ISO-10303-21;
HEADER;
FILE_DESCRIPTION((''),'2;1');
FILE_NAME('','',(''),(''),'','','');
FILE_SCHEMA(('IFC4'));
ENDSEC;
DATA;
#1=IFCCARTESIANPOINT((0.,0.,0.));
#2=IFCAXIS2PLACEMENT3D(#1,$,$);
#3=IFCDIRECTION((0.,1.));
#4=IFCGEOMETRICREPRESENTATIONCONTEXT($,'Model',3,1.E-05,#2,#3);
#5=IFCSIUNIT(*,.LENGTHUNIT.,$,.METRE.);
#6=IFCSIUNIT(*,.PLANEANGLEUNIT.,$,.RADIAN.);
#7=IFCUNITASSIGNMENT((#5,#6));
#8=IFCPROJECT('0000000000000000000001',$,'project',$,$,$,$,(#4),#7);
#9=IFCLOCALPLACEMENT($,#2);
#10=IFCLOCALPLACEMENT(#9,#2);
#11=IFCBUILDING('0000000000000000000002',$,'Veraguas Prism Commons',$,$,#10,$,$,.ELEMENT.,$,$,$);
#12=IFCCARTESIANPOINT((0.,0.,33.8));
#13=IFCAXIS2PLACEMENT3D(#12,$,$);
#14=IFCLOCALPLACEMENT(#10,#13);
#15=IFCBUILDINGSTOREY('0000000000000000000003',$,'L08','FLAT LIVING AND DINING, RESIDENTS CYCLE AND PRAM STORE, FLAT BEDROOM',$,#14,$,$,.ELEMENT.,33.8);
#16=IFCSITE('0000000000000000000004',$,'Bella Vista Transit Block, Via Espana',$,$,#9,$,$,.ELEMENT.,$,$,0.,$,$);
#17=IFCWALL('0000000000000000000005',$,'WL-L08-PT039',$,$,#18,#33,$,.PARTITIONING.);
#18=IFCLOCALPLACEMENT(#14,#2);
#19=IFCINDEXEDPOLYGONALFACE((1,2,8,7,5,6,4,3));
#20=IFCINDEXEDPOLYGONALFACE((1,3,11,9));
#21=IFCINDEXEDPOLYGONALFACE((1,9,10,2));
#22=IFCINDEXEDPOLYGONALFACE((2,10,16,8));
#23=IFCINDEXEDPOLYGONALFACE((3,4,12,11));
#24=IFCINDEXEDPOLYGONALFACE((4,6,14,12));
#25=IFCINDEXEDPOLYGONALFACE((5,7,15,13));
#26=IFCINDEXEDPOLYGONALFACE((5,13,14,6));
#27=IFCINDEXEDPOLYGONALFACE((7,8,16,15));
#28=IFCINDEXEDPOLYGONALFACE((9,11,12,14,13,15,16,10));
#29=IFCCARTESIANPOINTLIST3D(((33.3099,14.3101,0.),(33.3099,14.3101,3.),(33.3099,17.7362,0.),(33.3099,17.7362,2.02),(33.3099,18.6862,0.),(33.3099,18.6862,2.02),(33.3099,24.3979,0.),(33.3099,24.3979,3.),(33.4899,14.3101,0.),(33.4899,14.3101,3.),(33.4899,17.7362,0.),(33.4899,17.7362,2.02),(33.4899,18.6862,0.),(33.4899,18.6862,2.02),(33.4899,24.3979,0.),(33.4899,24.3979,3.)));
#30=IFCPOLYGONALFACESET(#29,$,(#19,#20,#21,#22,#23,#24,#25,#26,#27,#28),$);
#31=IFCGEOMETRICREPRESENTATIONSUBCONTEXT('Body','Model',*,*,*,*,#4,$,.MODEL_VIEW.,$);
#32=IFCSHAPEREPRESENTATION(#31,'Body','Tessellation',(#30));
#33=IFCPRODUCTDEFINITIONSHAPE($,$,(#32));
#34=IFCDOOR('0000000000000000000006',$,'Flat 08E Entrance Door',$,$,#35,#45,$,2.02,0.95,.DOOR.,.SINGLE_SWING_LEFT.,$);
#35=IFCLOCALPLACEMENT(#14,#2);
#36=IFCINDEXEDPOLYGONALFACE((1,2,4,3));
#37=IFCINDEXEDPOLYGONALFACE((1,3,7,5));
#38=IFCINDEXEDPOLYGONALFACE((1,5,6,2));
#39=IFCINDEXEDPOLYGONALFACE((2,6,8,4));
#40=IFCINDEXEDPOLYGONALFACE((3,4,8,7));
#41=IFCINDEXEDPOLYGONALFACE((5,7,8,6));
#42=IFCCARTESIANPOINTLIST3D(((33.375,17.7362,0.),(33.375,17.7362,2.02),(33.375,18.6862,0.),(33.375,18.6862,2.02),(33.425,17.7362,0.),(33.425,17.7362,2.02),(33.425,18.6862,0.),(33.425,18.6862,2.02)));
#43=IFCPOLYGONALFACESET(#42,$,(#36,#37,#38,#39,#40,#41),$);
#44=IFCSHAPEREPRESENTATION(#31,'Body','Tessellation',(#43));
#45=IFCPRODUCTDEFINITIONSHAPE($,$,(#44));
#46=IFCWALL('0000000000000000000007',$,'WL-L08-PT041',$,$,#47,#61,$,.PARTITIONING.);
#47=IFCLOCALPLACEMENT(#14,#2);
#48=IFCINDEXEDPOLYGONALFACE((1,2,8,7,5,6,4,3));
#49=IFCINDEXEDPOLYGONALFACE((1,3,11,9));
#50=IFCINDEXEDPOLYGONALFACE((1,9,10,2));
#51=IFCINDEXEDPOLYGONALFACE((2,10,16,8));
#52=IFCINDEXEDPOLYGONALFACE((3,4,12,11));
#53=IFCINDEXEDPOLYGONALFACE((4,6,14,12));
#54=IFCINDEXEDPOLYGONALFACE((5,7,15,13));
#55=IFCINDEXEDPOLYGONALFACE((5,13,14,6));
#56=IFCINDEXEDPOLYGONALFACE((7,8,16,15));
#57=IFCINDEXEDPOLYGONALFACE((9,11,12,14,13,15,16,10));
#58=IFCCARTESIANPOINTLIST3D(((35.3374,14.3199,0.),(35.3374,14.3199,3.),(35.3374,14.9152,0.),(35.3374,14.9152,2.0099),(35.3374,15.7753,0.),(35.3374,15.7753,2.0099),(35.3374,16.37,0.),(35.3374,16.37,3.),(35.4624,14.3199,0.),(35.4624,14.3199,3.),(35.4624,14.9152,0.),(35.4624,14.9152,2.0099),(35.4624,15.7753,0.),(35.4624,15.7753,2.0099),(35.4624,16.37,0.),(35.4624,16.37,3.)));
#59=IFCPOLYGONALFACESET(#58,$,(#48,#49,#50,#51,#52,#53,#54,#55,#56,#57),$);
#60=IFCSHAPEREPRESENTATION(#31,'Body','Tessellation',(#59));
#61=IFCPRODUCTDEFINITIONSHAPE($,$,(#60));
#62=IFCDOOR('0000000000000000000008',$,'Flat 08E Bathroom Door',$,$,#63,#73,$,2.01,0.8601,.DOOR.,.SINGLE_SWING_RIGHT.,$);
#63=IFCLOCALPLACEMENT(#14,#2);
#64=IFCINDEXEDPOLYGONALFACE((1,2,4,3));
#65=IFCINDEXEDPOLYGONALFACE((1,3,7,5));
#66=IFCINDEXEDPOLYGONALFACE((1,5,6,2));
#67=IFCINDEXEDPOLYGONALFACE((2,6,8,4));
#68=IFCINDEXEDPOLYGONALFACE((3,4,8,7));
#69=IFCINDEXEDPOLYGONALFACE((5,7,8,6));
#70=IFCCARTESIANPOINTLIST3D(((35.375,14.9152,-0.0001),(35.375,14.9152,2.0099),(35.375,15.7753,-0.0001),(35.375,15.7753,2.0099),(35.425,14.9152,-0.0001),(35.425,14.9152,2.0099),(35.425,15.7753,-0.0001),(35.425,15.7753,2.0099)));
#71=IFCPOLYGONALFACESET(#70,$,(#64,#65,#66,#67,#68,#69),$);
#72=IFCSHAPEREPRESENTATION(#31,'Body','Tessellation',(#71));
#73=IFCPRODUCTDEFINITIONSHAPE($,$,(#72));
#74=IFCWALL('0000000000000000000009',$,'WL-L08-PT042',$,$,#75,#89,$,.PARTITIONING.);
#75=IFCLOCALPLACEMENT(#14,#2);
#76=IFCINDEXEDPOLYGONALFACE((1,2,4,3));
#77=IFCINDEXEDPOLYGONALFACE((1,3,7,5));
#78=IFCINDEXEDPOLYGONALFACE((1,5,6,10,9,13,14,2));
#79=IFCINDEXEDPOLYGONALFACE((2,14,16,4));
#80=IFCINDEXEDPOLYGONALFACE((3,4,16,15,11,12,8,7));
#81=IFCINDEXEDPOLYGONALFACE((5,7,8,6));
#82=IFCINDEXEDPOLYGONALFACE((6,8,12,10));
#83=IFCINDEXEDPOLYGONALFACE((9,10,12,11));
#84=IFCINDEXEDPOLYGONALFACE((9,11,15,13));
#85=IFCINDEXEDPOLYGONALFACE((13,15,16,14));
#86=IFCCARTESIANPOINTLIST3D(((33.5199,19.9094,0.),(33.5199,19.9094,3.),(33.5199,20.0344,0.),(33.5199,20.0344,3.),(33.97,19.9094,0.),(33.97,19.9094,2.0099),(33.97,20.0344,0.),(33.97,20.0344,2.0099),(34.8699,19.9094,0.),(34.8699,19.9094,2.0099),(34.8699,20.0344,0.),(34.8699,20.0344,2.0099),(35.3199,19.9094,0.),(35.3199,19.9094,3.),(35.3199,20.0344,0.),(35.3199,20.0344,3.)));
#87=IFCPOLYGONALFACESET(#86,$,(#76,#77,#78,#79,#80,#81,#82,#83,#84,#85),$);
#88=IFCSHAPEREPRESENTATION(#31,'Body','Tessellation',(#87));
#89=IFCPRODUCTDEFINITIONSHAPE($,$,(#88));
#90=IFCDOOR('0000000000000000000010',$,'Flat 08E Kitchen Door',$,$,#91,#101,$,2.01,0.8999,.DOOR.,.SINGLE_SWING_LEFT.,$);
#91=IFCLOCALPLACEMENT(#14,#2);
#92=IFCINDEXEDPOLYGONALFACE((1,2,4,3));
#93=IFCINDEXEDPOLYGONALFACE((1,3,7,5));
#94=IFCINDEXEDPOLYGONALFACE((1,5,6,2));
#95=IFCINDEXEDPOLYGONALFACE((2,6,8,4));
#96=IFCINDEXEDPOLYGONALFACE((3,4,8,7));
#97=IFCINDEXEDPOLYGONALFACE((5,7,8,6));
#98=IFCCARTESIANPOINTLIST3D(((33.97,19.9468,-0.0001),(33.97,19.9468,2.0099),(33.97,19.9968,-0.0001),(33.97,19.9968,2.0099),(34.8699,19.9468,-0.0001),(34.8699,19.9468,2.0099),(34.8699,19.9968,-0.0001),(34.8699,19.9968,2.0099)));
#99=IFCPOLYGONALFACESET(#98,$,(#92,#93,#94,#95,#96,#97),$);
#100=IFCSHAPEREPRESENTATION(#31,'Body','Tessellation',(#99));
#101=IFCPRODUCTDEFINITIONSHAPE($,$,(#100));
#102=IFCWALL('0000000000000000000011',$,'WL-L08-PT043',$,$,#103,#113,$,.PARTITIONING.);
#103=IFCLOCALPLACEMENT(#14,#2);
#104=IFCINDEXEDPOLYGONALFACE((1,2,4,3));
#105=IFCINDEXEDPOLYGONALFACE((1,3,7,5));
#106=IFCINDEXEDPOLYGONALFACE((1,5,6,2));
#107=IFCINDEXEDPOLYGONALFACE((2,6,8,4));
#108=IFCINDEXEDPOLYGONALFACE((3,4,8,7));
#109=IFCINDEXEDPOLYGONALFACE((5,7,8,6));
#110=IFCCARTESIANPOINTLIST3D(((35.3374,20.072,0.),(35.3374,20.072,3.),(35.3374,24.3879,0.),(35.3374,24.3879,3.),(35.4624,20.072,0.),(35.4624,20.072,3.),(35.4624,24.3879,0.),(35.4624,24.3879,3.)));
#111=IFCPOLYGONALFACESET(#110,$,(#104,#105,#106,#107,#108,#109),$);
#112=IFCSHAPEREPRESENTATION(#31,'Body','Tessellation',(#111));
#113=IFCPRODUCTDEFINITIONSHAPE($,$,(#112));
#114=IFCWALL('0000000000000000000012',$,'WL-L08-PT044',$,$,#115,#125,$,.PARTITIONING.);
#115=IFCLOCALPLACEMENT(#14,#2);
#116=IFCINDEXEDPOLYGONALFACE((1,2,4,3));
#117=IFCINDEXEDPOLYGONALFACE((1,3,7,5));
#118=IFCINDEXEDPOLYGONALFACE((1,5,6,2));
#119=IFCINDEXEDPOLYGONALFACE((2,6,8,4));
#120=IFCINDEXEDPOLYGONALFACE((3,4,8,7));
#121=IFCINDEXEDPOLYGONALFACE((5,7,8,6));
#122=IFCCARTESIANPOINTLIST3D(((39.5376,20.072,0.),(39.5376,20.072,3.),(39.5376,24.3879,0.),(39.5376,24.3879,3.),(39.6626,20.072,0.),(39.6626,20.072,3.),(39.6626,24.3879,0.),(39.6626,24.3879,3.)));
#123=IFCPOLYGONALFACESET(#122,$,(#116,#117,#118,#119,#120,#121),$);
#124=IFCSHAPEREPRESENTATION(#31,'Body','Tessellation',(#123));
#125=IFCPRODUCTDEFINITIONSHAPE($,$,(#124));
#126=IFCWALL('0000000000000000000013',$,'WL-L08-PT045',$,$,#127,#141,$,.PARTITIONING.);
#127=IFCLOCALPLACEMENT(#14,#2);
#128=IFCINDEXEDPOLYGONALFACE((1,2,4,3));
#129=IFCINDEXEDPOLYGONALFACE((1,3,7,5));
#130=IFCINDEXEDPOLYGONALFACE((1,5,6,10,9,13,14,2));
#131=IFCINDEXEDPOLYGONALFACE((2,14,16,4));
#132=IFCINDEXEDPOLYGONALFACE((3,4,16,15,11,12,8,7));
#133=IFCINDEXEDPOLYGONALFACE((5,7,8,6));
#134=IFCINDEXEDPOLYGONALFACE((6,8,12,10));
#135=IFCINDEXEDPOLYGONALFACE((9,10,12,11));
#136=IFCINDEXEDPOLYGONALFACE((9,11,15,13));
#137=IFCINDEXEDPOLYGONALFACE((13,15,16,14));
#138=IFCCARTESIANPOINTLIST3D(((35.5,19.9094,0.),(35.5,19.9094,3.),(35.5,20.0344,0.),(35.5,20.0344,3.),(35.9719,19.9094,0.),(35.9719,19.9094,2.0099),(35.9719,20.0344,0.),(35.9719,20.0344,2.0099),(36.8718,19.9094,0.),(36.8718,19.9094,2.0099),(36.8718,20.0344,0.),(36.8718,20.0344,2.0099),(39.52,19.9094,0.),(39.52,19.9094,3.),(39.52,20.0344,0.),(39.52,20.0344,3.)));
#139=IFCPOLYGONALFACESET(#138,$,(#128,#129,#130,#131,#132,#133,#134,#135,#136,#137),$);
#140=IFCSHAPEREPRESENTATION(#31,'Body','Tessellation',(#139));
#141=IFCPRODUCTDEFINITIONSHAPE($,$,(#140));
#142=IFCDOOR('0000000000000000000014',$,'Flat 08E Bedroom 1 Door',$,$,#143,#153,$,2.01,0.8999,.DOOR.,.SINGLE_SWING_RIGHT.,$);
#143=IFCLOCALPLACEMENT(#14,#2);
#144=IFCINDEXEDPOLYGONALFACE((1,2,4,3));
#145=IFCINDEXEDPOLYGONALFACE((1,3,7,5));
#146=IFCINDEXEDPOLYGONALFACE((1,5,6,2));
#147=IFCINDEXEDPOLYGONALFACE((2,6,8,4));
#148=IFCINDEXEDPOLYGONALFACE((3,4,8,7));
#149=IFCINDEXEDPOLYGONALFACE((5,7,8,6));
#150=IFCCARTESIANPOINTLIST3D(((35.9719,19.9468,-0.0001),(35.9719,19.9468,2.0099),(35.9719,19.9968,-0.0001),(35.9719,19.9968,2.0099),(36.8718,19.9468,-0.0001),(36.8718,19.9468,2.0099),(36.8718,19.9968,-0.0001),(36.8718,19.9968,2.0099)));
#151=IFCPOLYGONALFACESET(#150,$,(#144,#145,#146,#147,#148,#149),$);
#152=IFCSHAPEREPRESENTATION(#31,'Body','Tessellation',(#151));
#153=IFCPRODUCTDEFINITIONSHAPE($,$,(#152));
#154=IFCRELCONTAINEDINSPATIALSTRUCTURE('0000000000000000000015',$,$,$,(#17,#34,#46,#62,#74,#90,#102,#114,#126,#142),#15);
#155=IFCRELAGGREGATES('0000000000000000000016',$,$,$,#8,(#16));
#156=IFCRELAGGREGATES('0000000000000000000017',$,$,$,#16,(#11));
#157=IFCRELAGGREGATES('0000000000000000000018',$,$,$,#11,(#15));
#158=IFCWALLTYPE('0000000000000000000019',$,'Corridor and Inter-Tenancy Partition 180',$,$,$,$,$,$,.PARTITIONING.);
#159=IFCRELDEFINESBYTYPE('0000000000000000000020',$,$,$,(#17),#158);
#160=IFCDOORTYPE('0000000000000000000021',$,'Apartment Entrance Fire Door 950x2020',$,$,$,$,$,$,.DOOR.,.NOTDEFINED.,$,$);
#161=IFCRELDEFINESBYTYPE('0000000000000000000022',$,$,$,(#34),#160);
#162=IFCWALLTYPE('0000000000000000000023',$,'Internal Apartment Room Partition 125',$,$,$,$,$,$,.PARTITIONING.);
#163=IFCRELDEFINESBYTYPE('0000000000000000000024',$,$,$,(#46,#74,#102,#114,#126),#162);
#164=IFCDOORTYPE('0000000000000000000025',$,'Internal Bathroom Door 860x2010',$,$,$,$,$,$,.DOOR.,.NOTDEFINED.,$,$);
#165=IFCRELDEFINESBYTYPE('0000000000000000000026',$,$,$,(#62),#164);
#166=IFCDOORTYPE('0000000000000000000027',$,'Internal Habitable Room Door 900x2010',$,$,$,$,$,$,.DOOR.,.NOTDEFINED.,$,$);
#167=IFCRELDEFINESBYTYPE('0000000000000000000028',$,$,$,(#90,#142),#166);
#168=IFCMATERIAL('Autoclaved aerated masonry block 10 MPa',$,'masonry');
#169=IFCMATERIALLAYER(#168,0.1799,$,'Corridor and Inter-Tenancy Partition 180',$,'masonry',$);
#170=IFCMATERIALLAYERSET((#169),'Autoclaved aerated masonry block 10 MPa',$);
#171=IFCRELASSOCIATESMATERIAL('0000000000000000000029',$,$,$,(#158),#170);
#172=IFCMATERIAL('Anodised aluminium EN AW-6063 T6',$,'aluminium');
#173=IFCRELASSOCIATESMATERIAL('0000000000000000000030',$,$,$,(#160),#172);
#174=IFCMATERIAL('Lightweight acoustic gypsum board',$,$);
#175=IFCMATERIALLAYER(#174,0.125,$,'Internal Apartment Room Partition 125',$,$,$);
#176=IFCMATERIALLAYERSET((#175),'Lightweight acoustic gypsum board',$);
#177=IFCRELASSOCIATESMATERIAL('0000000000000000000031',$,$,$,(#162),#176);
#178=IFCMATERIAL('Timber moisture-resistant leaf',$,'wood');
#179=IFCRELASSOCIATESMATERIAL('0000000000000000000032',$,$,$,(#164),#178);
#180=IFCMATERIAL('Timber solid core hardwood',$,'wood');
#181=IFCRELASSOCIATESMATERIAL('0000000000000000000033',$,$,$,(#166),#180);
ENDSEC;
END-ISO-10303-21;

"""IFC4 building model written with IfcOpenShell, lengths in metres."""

from ifc_helpers import new_model, si_unit, direction, frame, frame_2d, origin, place, context, subcontext, project, spatial, rectangle, extrude, source, transform, mapped, material, layer, layer_set, type_object, element, fill, save


model = new_model("IFC4")

# Units and contexts
model_context = context("Model", 3, precision=1e-05, world=origin(), true_north=direction((0.0, 1.0)))
body_context = subcontext(model_context, "Body", "Model", "MODEL_VIEW")
ifc_project = project(units=[si_unit("LENGTHUNIT", "METRE"), si_unit("PLANEANGLEUNIT", "RADIAN")], contexts=[model_context])

# Site, building, storey
site_placement = place(None, origin())
site = spatial("IfcSite", under=ifc_project, at=site_placement, Name="Bella Vista Transit Block, Via Espana", CompositionType="ELEMENT", RefElevation=0.0)
building_placement = place(site_placement, origin())
building = spatial("IfcBuilding", under=site, at=building_placement, Name="Veraguas Prism Commons", CompositionType="ELEMENT")
storey_placement = place(building_placement, frame((0.0, 0.0, 33.8)))
storey = spatial("IfcBuildingStorey", under=building, at=storey_placement, Name="L08", Description="FLAT LIVING AND DINING, RESIDENTS CYCLE AND PRAM STORE, FLAT BEDROOM", CompositionType="ELEMENT", Elevation=33.8)

# Shared definitions
ifc_material_1 = material(Name="Anodised aluminium EN AW-6063 T6", Category="aluminium")

# Walls, openings, doors
ifc_material_2 = material(Name="Autoclaved aerated masonry block 10 MPa", Category="masonry")
ifc_layer_1 = layer(ifc_material_2, 0.1799, Name="Corridor and Inter-Tenancy Partition 180", Category="masonry")
ifc_layer_set_1 = layer_set([ifc_layer_1], Name="Autoclaved aerated masonry block 10 MPa")
wall_type_1 = type_object("IfcWallType", Name="Corridor and Inter-Tenancy Partition 180", PredefinedType="PARTITIONING", material=ifc_layer_set_1)
wall_1_placement = place(storey_placement, frame((33.3999, 14.3101, 0.0), z_axis=(0.0, 0.0, 1.0), x_axis=(0.0, 1.0, 0.0)))
wall_1 = element("IfcWall", 1, at=wall_1_placement, inside=storey, type_object=wall_type_1, Name="WL-L08-PT039", PredefinedType="PARTITIONING", context=body_context, shape_type="SweptSolid", body=[
    extrude(rectangle(XDim=10.0879, YDim=0.1799, at=frame_2d((5.0439, 0.0))), origin(), (0.0, 0.0, 1.0), 3.0),
])
opening_1_placement = place(wall_1_placement, frame((3.426, 0.0, 0.0)))
opening_1 = element("IfcOpeningElement", 2, at=opening_1_placement, cuts=wall_1, PredefinedType="OPENING", context=body_context, shape_type="SweptSolid", body=[
    extrude(rectangle(XDim=0.95, YDim=2.02, at=frame_2d((0.4751, 1.01))), frame((0.0, 0.0999, 0.0), z_axis=(0.0, -1.0, 0.0), x_axis=(1.0, 0.0, 0.0)), (0.0, 0.0, 1.0), 0.2),
])
door_type_1 = type_object("IfcDoorType", Name="Apartment Entrance Fire Door 950x2020", OperationType="NOTDEFINED", PredefinedType="DOOR", material=ifc_material_1)
shared_shape_1 = source(origin(), body_context, "Body", "SweptSolid", [
    extrude(rectangle(XDim=0.95, YDim=2.02, at=frame_2d((0.4751, 1.01))), frame((0.0, 0.0249, 0.0), z_axis=(0.0, -1.0, 0.0), x_axis=(1.0, 0.0, 0.0)), (0.0, 0.0, 1.0), 0.05),
])
door_1_placement = place(opening_1_placement, origin())
door_1 = element("IfcDoor", 3, at=door_1_placement, inside=storey, type_object=door_type_1, Name="Flat 08E Entrance Door", OperationType="SINGLE_SWING_LEFT", OverallHeight=2.02, OverallWidth=0.95, PredefinedType="DOOR", context=body_context, shape_type="MappedRepresentation", body=[
    mapped(shared_shape_1, transform((0.0, 0.0, 0.0), scale=1.0)),
])
fill(opening_1, door_1)
ifc_material_3 = material(Name="Lightweight acoustic gypsum board")
ifc_layer_2 = layer(ifc_material_3, 0.125, Name="Internal Apartment Room Partition 125")
ifc_layer_set_2 = layer_set([ifc_layer_2], Name="Lightweight acoustic gypsum board")
wall_type_2 = type_object("IfcWallType", Name="Internal Apartment Room Partition 125", PredefinedType="PARTITIONING", material=ifc_layer_set_2)
wall_2_placement = place(storey_placement, frame((35.3999, 14.3201, 0.0), z_axis=(0.0, 0.0, 1.0), x_axis=(0.0, 1.0, 0.0)))
wall_2 = element("IfcWall", 4, at=wall_2_placement, inside=storey, type_object=wall_type_2, Name="WL-L08-PT041", PredefinedType="PARTITIONING", context=body_context, shape_type="SweptSolid", body=[
    extrude(rectangle(XDim=2.05, YDim=0.125, at=frame_2d((1.0249, 0.0))), origin(), (0.0, 0.0, 1.0), 3.0),
])
opening_2_placement = place(wall_2_placement, frame((0.595, 0.0, 0.0)))
opening_2 = element("IfcOpeningElement", 5, at=opening_2_placement, cuts=wall_2, PredefinedType="OPENING", context=body_context, shape_type="SweptSolid", body=[
    extrude(rectangle(XDim=0.8601, YDim=2.01, at=frame_2d((0.4302, 1.0049))), frame((0.0, 0.0725, 0.0), z_axis=(0.0, -1.0, 0.0), x_axis=(1.0, 0.0, 0.0)), (0.0, 0.0, 1.0), 0.145),
])
ifc_material_4 = material(Name="Timber moisture-resistant leaf", Category="wood")
door_type_2 = type_object("IfcDoorType", Name="Internal Bathroom Door 860x2010", OperationType="NOTDEFINED", PredefinedType="DOOR", material=ifc_material_4)
shared_shape_2 = source(origin(), body_context, "Body", "SweptSolid", [
    extrude(rectangle(XDim=0.8601, YDim=2.01, at=frame_2d((0.4302, 1.0049))), frame((0.0, 0.0249, 0.0), z_axis=(0.0, -1.0, 0.0), x_axis=(1.0, 0.0, 0.0)), (0.0, 0.0, 1.0), 0.05),
])
door_2_placement = place(opening_2_placement, origin())
door_2 = element("IfcDoor", 6, at=door_2_placement, inside=storey, type_object=door_type_2, Name="Flat 08E Bathroom Door", OperationType="SINGLE_SWING_RIGHT", OverallHeight=2.01, OverallWidth=0.8601, PredefinedType="DOOR", context=body_context, shape_type="MappedRepresentation", body=[
    mapped(shared_shape_2, transform((0.0, 0.0, 0.0), scale=1.0)),
])
fill(opening_2, door_2)
wall_3_placement = place(storey_placement, frame((33.52, 19.9719, 0.0), z_axis=(0.0, 0.0, 1.0), x_axis=(1.0, 0.0, 0.0)))
wall_3 = element("IfcWall", 7, at=wall_3_placement, inside=storey, type_object=wall_type_2, Name="WL-L08-PT042", PredefinedType="PARTITIONING", context=body_context, shape_type="SweptSolid", body=[
    extrude(rectangle(XDim=1.8, YDim=0.125, at=frame_2d((0.8999, 0.0))), origin(), (0.0, 0.0, 1.0), 3.0),
])
opening_3_placement = place(wall_3_placement, frame((0.45, 0.0, 0.0)))
opening_3 = element("IfcOpeningElement", 8, at=opening_3_placement, cuts=wall_3, PredefinedType="OPENING", context=body_context, shape_type="SweptSolid", body=[
    extrude(rectangle(XDim=0.8999, YDim=2.01, at=frame_2d((0.45, 1.0049))), frame((0.0, 0.0725, 0.0), z_axis=(0.0, -1.0, 0.0), x_axis=(1.0, 0.0, 0.0)), (0.0, 0.0, 1.0), 0.145),
])
ifc_material_5 = material(Name="Timber solid core hardwood", Category="wood")
door_type_3 = type_object("IfcDoorType", Name="Internal Habitable Room Door 900x2010", OperationType="NOTDEFINED", PredefinedType="DOOR", material=ifc_material_5)
shared_shape_3 = source(origin(), body_context, "Body", "SweptSolid", [
    extrude(rectangle(XDim=0.8999, YDim=2.01, at=frame_2d((0.45, 1.0049))), frame((0.0, 0.0249, 0.0), z_axis=(0.0, -1.0, 0.0), x_axis=(1.0, 0.0, 0.0)), (0.0, 0.0, 1.0), 0.05),
])
door_3_placement = place(opening_3_placement, origin())
door_3 = element("IfcDoor", 9, at=door_3_placement, inside=storey, type_object=door_type_3, Name="Flat 08E Kitchen Door", OperationType="SINGLE_SWING_LEFT", OverallHeight=2.01, OverallWidth=0.8999, PredefinedType="DOOR", context=body_context, shape_type="MappedRepresentation", body=[
    mapped(shared_shape_3, transform((0.0, 0.0, 0.0), scale=1.0)),
])
fill(opening_3, door_3)

# Walls
for number, where, z_axis, x_axis, name in (
    (10, (35.3999, 20.072, 0.0), (0.0, 0.0, 1.0), (0.0, 1.0, 0.0), "WL-L08-PT043"),
    (11, (39.6001, 20.072, 0.0), (0.0, 0.0, 1.0), (0.0, 1.0, 0.0), "WL-L08-PT044"),
):
    element("IfcWall", number, at=place(storey_placement, frame(where, z_axis=z_axis, x_axis=x_axis)), inside=storey, type_object=wall_type_2, Name=name, PredefinedType="PARTITIONING", context=body_context, shape_type="SweptSolid", body=[
        extrude(rectangle(XDim=4.3159, YDim=0.125, at=frame_2d((2.158, 0.0))), origin(), (0.0, 0.0, 1.0), 3.0),
    ])

# Wall, opening, door
wall_4_placement = place(storey_placement, frame((35.5, 19.9719, 0.0), z_axis=(0.0, 0.0, 1.0), x_axis=(1.0, 0.0, 0.0)))
wall_4 = element("IfcWall", 12, at=wall_4_placement, inside=storey, type_object=wall_type_2, Name="WL-L08-PT045", PredefinedType="PARTITIONING", context=body_context, shape_type="SweptSolid", body=[
    extrude(rectangle(XDim=4.02, YDim=0.125, at=frame_2d((2.01, 0.0))), origin(), (0.0, 0.0, 1.0), 3.0),
])
opening_4_placement = place(wall_4_placement, frame((0.4719, 0.0, 0.0)))
opening_4 = element("IfcOpeningElement", 13, at=opening_4_placement, cuts=wall_4, PredefinedType="OPENING", context=body_context, shape_type="SweptSolid", body=[
    extrude(rectangle(XDim=0.8999, YDim=2.01, at=frame_2d((0.45, 1.0049))), frame((0.0, 0.0725, 0.0), z_axis=(0.0, -1.0, 0.0), x_axis=(1.0, 0.0, 0.0)), (0.0, 0.0, 1.0), 0.145),
])
door_4_placement = place(opening_4_placement, origin())
door_4 = element("IfcDoor", 14, at=door_4_placement, inside=storey, type_object=door_type_3, Name="Flat 08E Bedroom 1 Door", OperationType="SINGLE_SWING_RIGHT", OverallHeight=2.01, OverallWidth=0.8999, PredefinedType="DOOR", context=body_context, shape_type="MappedRepresentation", body=[
    mapped(shared_shape_3, transform((0.0, 0.0, 0.0), scale=1.0)),
])
fill(opening_4, door_4)

save(model, "model.ifc")
